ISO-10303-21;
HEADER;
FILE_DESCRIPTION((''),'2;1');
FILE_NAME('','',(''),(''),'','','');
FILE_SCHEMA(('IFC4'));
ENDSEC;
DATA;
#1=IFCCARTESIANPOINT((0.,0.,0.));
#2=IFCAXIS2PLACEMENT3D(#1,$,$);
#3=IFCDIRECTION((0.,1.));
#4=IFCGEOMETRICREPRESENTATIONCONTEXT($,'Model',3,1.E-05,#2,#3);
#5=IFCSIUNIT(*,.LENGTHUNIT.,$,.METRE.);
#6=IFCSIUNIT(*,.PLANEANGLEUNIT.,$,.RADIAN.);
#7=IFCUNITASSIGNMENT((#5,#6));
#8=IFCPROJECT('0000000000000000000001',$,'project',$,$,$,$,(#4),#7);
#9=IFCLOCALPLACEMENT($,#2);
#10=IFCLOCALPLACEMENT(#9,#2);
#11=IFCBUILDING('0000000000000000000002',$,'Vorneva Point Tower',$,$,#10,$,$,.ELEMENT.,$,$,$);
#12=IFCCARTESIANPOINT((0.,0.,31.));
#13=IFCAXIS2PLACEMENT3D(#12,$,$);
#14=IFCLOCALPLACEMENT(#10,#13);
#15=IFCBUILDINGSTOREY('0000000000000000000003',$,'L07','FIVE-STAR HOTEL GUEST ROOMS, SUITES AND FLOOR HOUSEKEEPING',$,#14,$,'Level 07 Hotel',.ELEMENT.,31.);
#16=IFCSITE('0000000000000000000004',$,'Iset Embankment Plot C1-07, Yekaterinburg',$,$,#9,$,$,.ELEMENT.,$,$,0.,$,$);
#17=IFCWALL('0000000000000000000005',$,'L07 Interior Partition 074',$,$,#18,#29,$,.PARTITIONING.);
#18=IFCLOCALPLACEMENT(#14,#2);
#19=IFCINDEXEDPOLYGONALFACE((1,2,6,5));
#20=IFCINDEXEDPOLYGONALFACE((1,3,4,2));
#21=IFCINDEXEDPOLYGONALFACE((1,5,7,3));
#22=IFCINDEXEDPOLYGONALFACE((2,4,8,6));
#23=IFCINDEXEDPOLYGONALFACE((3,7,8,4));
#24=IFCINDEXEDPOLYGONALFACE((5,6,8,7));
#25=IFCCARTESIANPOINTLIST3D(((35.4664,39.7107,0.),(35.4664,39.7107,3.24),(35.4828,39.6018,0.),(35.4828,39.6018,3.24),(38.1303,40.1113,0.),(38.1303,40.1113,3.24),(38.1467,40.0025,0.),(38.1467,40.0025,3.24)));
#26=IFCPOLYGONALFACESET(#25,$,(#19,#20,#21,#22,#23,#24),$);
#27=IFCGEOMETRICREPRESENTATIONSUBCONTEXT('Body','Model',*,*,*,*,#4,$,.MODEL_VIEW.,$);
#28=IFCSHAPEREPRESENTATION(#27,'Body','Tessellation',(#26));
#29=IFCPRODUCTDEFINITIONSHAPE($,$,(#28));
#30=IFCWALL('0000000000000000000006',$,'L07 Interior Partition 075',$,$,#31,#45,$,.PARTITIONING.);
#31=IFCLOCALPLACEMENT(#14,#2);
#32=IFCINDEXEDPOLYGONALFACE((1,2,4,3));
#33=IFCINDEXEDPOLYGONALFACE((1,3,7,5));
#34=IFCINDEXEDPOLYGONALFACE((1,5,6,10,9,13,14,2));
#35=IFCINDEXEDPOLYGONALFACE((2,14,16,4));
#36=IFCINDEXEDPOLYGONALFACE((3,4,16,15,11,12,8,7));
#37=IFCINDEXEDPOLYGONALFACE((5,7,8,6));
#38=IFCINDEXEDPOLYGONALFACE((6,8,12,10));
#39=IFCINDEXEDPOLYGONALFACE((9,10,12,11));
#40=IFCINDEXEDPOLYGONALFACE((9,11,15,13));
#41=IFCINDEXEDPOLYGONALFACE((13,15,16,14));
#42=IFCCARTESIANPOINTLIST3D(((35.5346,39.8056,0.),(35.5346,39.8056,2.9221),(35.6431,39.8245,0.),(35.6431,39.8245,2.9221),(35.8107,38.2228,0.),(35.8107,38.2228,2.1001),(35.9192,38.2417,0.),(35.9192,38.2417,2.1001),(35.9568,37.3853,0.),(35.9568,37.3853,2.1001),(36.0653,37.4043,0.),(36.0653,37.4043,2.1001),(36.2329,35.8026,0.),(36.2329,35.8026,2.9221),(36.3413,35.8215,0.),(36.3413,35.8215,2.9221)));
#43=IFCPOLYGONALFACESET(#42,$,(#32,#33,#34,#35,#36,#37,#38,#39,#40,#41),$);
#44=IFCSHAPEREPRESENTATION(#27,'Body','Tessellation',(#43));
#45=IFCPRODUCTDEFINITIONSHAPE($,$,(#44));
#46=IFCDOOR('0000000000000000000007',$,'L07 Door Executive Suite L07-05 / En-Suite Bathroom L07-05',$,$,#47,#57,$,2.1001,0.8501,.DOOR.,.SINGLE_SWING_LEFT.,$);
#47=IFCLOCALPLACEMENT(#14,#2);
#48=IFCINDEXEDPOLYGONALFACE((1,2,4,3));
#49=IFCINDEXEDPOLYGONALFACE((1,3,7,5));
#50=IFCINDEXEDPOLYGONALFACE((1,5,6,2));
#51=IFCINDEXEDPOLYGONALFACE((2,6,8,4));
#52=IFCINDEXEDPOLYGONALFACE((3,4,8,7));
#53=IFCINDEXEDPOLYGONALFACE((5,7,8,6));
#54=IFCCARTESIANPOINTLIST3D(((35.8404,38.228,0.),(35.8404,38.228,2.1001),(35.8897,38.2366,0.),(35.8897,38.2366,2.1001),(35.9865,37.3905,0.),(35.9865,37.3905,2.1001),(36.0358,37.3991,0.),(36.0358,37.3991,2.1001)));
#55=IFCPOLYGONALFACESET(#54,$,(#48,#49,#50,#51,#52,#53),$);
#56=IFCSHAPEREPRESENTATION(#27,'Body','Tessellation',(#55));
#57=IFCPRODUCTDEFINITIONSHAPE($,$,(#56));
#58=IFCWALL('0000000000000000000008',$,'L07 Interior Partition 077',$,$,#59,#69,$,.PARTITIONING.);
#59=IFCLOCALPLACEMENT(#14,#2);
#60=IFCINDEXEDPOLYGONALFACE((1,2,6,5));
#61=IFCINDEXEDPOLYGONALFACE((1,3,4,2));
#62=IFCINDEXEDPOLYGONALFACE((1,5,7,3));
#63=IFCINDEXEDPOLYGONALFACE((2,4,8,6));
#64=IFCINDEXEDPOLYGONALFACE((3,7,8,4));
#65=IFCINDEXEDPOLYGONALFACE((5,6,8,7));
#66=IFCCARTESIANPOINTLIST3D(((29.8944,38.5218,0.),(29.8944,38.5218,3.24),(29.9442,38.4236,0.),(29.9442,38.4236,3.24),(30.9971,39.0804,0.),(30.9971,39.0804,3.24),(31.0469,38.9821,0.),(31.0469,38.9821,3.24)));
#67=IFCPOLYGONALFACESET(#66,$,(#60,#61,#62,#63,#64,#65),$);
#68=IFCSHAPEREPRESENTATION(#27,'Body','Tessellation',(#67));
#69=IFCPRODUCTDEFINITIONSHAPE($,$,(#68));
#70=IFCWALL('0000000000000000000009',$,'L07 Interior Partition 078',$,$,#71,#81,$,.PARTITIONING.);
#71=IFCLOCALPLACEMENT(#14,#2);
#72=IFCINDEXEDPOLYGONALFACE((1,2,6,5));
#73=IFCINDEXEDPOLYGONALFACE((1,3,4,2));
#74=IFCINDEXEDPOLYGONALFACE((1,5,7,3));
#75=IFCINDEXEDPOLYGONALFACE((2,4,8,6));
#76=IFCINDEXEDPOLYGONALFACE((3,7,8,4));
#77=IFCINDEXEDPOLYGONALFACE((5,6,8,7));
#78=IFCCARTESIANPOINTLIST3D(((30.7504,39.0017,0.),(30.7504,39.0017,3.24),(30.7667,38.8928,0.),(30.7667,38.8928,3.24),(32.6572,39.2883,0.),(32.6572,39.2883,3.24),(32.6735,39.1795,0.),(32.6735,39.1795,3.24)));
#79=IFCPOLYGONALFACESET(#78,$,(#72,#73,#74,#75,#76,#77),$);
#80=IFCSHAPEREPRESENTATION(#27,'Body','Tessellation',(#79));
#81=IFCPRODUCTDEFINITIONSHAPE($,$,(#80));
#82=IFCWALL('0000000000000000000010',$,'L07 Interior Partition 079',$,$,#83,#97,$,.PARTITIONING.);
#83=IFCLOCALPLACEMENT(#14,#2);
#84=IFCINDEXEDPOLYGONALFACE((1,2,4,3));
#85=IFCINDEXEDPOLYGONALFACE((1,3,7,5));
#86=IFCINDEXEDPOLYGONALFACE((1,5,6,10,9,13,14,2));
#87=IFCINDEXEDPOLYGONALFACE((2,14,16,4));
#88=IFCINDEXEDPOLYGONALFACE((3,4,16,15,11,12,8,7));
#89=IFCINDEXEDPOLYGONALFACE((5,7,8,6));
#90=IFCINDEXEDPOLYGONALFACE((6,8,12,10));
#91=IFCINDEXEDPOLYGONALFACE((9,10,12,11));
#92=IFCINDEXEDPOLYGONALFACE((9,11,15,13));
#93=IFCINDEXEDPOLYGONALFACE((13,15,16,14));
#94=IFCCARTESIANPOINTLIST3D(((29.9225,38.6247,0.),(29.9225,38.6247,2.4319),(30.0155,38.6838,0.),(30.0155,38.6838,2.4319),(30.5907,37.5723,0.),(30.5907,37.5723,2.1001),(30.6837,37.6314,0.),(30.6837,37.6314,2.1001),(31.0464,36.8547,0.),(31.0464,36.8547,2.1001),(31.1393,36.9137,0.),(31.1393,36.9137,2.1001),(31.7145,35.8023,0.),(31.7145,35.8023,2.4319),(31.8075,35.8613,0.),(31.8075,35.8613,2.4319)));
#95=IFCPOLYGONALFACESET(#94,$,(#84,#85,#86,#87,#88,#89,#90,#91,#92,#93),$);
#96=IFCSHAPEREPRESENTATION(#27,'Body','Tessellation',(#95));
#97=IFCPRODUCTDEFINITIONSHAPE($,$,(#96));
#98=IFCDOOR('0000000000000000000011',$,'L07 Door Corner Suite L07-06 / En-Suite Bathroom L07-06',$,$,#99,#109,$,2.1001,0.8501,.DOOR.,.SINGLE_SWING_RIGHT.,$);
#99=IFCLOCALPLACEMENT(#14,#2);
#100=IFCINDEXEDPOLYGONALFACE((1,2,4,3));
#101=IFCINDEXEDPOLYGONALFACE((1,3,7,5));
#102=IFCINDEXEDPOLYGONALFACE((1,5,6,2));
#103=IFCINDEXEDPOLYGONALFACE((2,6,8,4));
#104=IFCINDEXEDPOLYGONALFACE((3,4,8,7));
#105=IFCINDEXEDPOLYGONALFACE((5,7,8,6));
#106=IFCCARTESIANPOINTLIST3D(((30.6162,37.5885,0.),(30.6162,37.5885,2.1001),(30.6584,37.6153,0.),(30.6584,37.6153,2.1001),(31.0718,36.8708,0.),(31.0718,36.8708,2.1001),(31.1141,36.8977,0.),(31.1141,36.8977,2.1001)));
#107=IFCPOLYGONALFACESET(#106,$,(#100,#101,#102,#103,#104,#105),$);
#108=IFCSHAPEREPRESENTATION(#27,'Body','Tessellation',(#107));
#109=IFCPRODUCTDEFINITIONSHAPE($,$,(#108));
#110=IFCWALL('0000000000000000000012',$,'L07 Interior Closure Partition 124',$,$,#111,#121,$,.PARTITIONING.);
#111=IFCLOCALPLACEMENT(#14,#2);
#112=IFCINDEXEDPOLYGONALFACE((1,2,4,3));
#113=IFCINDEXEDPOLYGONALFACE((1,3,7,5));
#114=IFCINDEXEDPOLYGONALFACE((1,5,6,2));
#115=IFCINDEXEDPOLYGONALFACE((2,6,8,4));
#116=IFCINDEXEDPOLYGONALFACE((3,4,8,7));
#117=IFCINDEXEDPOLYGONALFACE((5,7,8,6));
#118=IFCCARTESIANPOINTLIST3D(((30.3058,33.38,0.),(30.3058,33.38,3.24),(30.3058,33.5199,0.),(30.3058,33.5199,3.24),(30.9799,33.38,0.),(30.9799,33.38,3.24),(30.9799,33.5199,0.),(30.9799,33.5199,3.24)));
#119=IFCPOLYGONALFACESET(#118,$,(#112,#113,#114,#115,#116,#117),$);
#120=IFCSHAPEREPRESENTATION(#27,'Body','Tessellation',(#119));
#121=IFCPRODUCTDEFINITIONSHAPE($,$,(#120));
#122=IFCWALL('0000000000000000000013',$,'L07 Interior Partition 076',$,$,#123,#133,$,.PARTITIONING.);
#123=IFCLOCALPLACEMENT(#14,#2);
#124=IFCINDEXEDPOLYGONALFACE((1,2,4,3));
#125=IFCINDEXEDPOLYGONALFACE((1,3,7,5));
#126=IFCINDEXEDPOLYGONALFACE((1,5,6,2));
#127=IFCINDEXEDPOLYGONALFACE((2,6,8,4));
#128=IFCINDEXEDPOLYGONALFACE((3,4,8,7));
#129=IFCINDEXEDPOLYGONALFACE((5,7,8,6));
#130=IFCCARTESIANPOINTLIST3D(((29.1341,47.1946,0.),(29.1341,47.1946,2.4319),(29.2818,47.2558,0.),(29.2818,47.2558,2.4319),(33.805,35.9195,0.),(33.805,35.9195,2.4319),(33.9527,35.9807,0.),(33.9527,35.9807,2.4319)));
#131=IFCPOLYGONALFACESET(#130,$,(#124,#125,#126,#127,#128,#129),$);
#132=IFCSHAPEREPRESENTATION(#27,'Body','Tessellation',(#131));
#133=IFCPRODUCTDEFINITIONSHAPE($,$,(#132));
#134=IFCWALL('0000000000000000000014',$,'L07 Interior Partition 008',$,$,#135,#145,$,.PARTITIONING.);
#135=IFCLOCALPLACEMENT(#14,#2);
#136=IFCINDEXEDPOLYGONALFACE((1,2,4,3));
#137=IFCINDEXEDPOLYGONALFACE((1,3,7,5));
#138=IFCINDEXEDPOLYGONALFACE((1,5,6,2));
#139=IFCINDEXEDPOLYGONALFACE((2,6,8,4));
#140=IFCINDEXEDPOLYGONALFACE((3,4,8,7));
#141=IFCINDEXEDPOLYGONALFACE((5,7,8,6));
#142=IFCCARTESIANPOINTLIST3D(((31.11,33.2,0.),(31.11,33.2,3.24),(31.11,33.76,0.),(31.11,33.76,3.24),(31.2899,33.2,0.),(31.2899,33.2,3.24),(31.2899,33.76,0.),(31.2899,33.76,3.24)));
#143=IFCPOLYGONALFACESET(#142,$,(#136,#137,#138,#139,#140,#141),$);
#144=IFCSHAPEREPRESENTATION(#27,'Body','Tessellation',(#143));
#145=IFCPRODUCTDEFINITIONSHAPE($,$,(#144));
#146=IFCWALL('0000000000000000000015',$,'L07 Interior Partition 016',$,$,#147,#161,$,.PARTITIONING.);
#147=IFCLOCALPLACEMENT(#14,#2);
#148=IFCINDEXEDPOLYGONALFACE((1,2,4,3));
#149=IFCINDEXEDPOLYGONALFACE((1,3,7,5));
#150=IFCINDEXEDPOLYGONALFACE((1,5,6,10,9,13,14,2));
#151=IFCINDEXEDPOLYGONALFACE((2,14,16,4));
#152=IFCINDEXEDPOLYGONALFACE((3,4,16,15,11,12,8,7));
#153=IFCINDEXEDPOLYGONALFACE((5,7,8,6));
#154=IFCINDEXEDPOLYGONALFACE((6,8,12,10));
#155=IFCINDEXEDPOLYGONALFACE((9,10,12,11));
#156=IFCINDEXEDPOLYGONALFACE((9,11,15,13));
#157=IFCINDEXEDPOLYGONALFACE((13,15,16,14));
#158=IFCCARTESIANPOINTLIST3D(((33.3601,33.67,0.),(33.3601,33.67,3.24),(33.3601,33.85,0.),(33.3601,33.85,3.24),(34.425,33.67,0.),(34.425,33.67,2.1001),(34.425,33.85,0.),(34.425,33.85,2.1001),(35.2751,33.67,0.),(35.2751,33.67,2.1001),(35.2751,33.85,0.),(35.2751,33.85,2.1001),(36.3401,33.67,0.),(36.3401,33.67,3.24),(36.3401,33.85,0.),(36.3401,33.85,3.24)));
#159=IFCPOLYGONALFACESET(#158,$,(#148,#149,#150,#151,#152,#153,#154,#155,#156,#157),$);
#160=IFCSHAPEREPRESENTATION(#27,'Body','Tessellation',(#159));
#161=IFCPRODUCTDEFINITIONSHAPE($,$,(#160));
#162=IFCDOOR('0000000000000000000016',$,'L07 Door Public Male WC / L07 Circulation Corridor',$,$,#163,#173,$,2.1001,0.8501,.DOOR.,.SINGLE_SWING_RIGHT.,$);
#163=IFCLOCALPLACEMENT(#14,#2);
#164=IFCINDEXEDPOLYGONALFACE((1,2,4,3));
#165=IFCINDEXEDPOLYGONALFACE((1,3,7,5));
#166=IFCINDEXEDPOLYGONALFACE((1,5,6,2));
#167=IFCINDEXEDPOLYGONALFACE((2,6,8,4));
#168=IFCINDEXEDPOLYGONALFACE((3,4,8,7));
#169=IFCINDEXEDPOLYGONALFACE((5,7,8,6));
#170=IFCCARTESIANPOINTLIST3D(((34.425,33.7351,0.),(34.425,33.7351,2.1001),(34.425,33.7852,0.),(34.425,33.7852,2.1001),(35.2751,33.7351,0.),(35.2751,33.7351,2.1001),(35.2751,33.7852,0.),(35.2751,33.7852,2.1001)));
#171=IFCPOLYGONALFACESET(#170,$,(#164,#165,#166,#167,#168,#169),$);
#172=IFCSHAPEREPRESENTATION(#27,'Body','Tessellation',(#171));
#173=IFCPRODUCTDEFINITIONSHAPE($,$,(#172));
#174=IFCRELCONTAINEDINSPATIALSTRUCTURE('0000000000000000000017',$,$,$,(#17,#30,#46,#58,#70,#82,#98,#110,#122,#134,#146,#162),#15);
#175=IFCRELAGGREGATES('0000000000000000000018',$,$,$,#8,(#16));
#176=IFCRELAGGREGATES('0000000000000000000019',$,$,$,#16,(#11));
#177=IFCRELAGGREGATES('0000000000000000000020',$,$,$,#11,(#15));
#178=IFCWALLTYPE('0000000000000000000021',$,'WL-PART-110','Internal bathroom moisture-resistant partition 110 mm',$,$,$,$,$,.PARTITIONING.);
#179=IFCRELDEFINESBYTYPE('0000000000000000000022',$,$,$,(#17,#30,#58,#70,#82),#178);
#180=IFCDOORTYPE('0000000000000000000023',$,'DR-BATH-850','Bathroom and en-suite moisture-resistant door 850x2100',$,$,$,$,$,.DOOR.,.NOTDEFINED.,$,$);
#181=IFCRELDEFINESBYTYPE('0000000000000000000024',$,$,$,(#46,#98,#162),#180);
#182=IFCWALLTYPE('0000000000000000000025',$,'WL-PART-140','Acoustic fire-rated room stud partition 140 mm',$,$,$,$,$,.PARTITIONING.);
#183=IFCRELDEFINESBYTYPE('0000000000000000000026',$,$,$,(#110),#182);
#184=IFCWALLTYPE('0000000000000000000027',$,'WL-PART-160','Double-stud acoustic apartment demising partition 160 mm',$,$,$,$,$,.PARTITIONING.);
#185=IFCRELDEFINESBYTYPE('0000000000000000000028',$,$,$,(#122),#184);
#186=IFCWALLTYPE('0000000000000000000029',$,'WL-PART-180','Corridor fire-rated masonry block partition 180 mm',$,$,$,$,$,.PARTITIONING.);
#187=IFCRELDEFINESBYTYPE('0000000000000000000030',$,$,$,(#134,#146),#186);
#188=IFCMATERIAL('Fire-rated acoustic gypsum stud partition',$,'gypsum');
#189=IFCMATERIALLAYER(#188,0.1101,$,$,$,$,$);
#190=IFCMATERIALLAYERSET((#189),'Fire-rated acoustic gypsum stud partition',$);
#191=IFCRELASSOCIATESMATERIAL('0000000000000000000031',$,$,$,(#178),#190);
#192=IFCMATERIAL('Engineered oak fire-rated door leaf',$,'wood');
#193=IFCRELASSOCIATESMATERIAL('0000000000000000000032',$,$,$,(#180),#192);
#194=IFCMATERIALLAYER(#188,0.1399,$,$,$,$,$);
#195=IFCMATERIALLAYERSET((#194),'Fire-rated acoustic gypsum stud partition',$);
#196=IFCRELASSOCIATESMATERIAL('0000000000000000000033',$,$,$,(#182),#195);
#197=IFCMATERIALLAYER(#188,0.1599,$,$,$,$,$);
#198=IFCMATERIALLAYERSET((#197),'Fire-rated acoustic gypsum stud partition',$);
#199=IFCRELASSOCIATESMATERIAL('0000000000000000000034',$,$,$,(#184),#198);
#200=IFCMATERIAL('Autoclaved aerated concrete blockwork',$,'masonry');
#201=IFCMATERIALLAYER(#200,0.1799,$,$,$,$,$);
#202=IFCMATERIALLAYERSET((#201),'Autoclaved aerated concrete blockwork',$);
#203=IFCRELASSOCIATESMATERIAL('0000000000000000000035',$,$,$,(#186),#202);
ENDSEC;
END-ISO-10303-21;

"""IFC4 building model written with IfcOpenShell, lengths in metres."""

from ifc_helpers import new_model, si_unit, direction, frame, frame_2d, origin, place, context, subcontext, project, spatial, rectangle, extrude, material, layer, layer_set, type_object, element, fill, save


model = new_model("IFC4")

# Units and contexts
model_context = context("Model", 3, precision=1e-05, world=origin(), true_north=direction((0.0, 1.0)))
body_context = subcontext(model_context, "Body", "Model", "MODEL_VIEW")
ifc_project = project(units=[si_unit("LENGTHUNIT", "METRE"), si_unit("PLANEANGLEUNIT", "RADIAN")], contexts=[model_context])

# Site, building, storey
site_placement = place(None, origin())
site = spatial("IfcSite", under=ifc_project, at=site_placement, Name="Iset Embankment Plot C1-07, Yekaterinburg", CompositionType="ELEMENT", RefElevation=0.0)
building_placement = place(site_placement, origin())
building = spatial("IfcBuilding", under=site, at=building_placement, Name="Vorneva Point Tower", CompositionType="ELEMENT")
storey_placement = place(building_placement, frame((0.0, 0.0, 31.0)))
storey = spatial("IfcBuildingStorey", under=building, at=storey_placement, Name="L07", Description="FIVE-STAR HOTEL GUEST ROOMS, SUITES AND FLOOR HOUSEKEEPING", LongName="Level 07 Hotel", CompositionType="ELEMENT", Elevation=31.0)

# Wall
ifc_material_1 = material(Name="Fire-rated acoustic gypsum stud partition", Category="gypsum")
ifc_layer_1 = layer(ifc_material_1, 0.1101)
ifc_layer_set_1 = layer_set([ifc_layer_1], Name="Fire-rated acoustic gypsum stud partition")
wall_type_1 = type_object("IfcWallType", Name="WL-PART-110", Description="Internal bathroom moisture-resistant partition 110 mm", PredefinedType="PARTITIONING", material=ifc_layer_set_1)
wall_1_placement = place(storey_placement, frame((35.4746, 39.6562, 0.0), z_axis=(0.0, 0.0, 1.0), x_axis=(0.988878, 0.148726, 0.0)))
element("IfcWall", 1, at=wall_1_placement, inside=storey, type_object=wall_type_1, Name="L07 Interior Partition 074", PredefinedType="PARTITIONING", context=body_context, shape_type="SweptSolid", body=[
    extrude(rectangle(XDim=2.6938, YDim=0.1101, at=frame_2d((1.3469, 0.0))), origin(), (0.0, 0.0, 1.0), 3.24),
])

# Wall, opening, door
wall_2_placement = place(storey_placement, frame((36.2871, 35.812, 0.0), z_axis=(0.0, 0.0, 1.0), x_axis=(-0.171838, 0.985125, 0.0)))
wall_2 = element("IfcWall", 2, at=wall_2_placement, inside=storey, type_object=wall_type_1, Name="L07 Interior Partition 075", PredefinedType="PARTITIONING", context=body_context, shape_type="SweptSolid", body=[
    extrude(rectangle(XDim=4.0635, YDim=0.1101, at=frame_2d((2.0317, 0.0))), origin(), (0.0, 0.0, 1.0), 2.9221),
])
opening_1_placement = place(wall_2_placement, frame((1.6067, 0.0, 0.0)))
opening_1 = element("IfcOpeningElement", 3, at=opening_1_placement, cuts=wall_2, PredefinedType="OPENING", context=body_context, shape_type="SweptSolid", body=[
    extrude(rectangle(XDim=0.8501, YDim=2.1001, at=frame_2d((0.425, 1.05))), frame((0.0, 0.0698, 0.0), z_axis=(0.0, -1.0, 0.0), x_axis=(1.0, 0.0, 0.0)), (0.0, 0.0, 1.0), 0.1399),
])
ifc_material_2 = material(Name="Engineered oak fire-rated door leaf", Category="wood")
door_type_1 = type_object("IfcDoorType", Name="DR-BATH-850", Description="Bathroom and en-suite moisture-resistant door 850x2100", OperationType="NOTDEFINED", PredefinedType="DOOR", material=ifc_material_2)
door_1_placement = place(opening_1_placement, origin())
door_1 = element("IfcDoor", 4, at=door_1_placement, inside=storey, type_object=door_type_1, Name="L07 Door Executive Suite L07-05 / En-Suite Bathroom L07-05", OperationType="SINGLE_SWING_LEFT", OverallHeight=2.1001, OverallWidth=0.8501, PredefinedType="DOOR", context=body_context, shape_type="SweptSolid", body=[
    extrude(rectangle(XDim=0.8501, YDim=2.1001, at=frame_2d((0.425, 1.05))), frame((0.0, 0.0249, 0.0), z_axis=(0.0, -1.0, 0.0), x_axis=(1.0, 0.0, 0.0)), (0.0, 0.0, 1.0), 0.05),
])
fill(opening_1, door_1)

# Walls
wall_3_placement = place(storey_placement, frame((29.9192, 38.4727, 0.0), z_axis=(0.0, 0.0, 1.0), x_axis=(0.892085, 0.451868, 0.0)))
element("IfcWall", 5, at=wall_3_placement, inside=storey, type_object=wall_type_1, Name="L07 Interior Partition 077", PredefinedType="PARTITIONING", context=body_context, shape_type="SweptSolid", body=[
    extrude(rectangle(XDim=1.2361, YDim=0.1101, at=frame_2d((0.6182, 0.0))), origin(), (0.0, 0.0, 1.0), 3.24),
])
wall_4_placement = place(storey_placement, frame((30.7585, 38.9473, 0.0), z_axis=(0.0, 0.0, 1.0), x_axis=(0.98889, 0.14865, 0.0)))
element("IfcWall", 6, at=wall_4_placement, inside=storey, type_object=wall_type_1, Name="L07 Interior Partition 078", PredefinedType="PARTITIONING", context=body_context, shape_type="SweptSolid", body=[
    extrude(rectangle(XDim=1.9282, YDim=0.1101, at=frame_2d((0.9641, 0.0))), origin(), (0.0, 0.0, 1.0), 3.24),
])

# Wall, opening, door
wall_5_placement = place(storey_placement, frame((31.761, 35.8318, 0.0), z_axis=(0.0, 0.0, 1.0), x_axis=(-0.535992, 0.844223, 0.0)))
wall_5 = element("IfcWall", 7, at=wall_5_placement, inside=storey, type_object=wall_type_1, Name="L07 Interior Partition 079", PredefinedType="PARTITIONING", context=body_context, shape_type="SweptSolid", body=[
    extrude(rectangle(XDim=3.3433, YDim=0.1101, at=frame_2d((1.6716, 0.0))), origin(), (0.0, 0.0, 1.0), 2.4319),
])
opening_2_placement = place(wall_5_placement, frame((1.2466, 0.0, 0.0)))
opening_2 = element("IfcOpeningElement", 8, at=opening_2_placement, cuts=wall_5, PredefinedType="OPENING", context=body_context, shape_type="SweptSolid", body=[
    extrude(rectangle(XDim=0.8501, YDim=2.1001, at=frame_2d((0.425, 1.05))), frame((0.0, 0.0698, 0.0), z_axis=(0.0, -1.0, 0.0), x_axis=(1.0, 0.0, 0.0)), (0.0, 0.0, 1.0), 0.1399),
])
door_2_placement = place(opening_2_placement, origin())
door_2 = element("IfcDoor", 9, at=door_2_placement, inside=storey, type_object=door_type_1, Name="L07 Door Corner Suite L07-06 / En-Suite Bathroom L07-06", OperationType="SINGLE_SWING_RIGHT", OverallHeight=2.1001, OverallWidth=0.8501, PredefinedType="DOOR", context=body_context, shape_type="SweptSolid", body=[
    extrude(rectangle(XDim=0.8501, YDim=2.1001, at=frame_2d((0.425, 1.05))), frame((0.0, 0.0249, 0.0), z_axis=(0.0, -1.0, 0.0), x_axis=(1.0, 0.0, 0.0)), (0.0, 0.0, 1.0), 0.05),
])
fill(opening_2, door_2)

# Walls
ifc_layer_2 = layer(ifc_material_1, 0.1399)
ifc_layer_set_2 = layer_set([ifc_layer_2], Name="Fire-rated acoustic gypsum stud partition")
wall_type_2 = type_object("IfcWallType", Name="WL-PART-140", Description="Acoustic fire-rated room stud partition 140 mm", PredefinedType="PARTITIONING", material=ifc_layer_set_2)
wall_6_placement = place(storey_placement, frame((30.3059, 33.45, 0.0), z_axis=(0.0, 0.0, 1.0), x_axis=(1.0, 0.0, 0.0)))
element("IfcWall", 10, at=wall_6_placement, inside=storey, type_object=wall_type_2, Name="L07 Interior Closure Partition 124", PredefinedType="PARTITIONING", context=body_context, shape_type="SweptSolid", body=[
    extrude(rectangle(XDim=0.6741, YDim=0.1399, at=frame_2d((0.3369, 0.0))), origin(), (0.0, 0.0, 1.0), 3.24),
])
ifc_layer_3 = layer(ifc_material_1, 0.1599)
ifc_layer_set_3 = layer_set([ifc_layer_3], Name="Fire-rated acoustic gypsum stud partition")
wall_type_3 = type_object("IfcWallType", Name="WL-PART-160", Description="Double-stud acoustic apartment demising partition 160 mm", PredefinedType="PARTITIONING", material=ifc_layer_set_3)
wall_7_placement = place(storey_placement, frame((29.208, 47.2251, 0.0), z_axis=(0.0, 0.0, 1.0), x_axis=(0.382724, -0.923863, 0.0)))
element("IfcWall", 11, at=wall_7_placement, inside=storey, type_object=wall_type_3, Name="L07 Interior Partition 076", PredefinedType="PARTITIONING", context=body_context, shape_type="SweptSolid", body=[
    extrude(rectangle(XDim=12.2043, YDim=0.1599, at=frame_2d((6.1021, 0.0))), origin(), (0.0, 0.0, 1.0), 2.4319),
])

# Shared definitions
ifc_material_3 = material(Name="Autoclaved aerated concrete blockwork", Category="masonry")
ifc_layer_4 = layer(ifc_material_3, 0.1799)
ifc_layer_set_4 = layer_set([ifc_layer_4], Name="Autoclaved aerated concrete blockwork")
wall_type_4 = type_object("IfcWallType", Name="WL-PART-180", Description="Corridor fire-rated masonry block partition 180 mm", PredefinedType="PARTITIONING", material=ifc_layer_set_4)

# Wall
wall_8_placement = place(storey_placement, frame((31.2, 33.76, 0.0), z_axis=(0.0, 0.0, 1.0), x_axis=(0.0, -1.0, 0.0)))
element("IfcWall", 12, at=wall_8_placement, inside=storey, type_object=wall_type_4, Name="L07 Interior Partition 008", PredefinedType="PARTITIONING", context=body_context, shape_type="SweptSolid", body=[
    extrude(rectangle(XDim=0.5601, YDim=0.1799, at=frame_2d((0.28, 0.0))), origin(), (0.0, 0.0, 1.0), 3.24),
])

# Wall, opening, door
wall_9_placement = place(storey_placement, frame((36.3401, 33.76, 0.0), z_axis=(0.0, 0.0, 1.0), x_axis=(-1.0, 0.0, 0.0)))
wall_9 = element("IfcWall", 13, at=wall_9_placement, inside=storey, type_object=wall_type_4, Name="L07 Interior Partition 016", PredefinedType="PARTITIONING", context=body_context, shape_type="SweptSolid", body=[
    extrude(rectangle(XDim=2.98, YDim=0.1799, at=frame_2d((1.49, 0.0))), origin(), (0.0, 0.0, 1.0), 3.24),
])
opening_3_placement = place(wall_9_placement, frame((1.0649, 0.0, 0.0)))
opening_3 = element("IfcOpeningElement", 14, at=opening_3_placement, cuts=wall_9, PredefinedType="OPENING", context=body_context, shape_type="SweptSolid", body=[
    extrude(rectangle(XDim=0.8501, YDim=2.1001, at=frame_2d((0.425, 1.05))), frame((0.0, 0.105, 0.0), z_axis=(0.0, -1.0, 0.0), x_axis=(1.0, 0.0, 0.0)), (0.0, 0.0, 1.0), 0.2097),
])
door_3_placement = place(opening_3_placement, origin())
door_3 = element("IfcDoor", 15, at=door_3_placement, inside=storey, type_object=door_type_1, Name="L07 Door Public Male WC / L07 Circulation Corridor", OperationType="SINGLE_SWING_RIGHT", OverallHeight=2.1001, OverallWidth=0.8501, PredefinedType="DOOR", context=body_context, shape_type="SweptSolid", body=[
    extrude(rectangle(XDim=0.8501, YDim=2.1001, at=frame_2d((0.425, 1.05))), frame((0.0, 0.0249, 0.0), z_axis=(0.0, -1.0, 0.0), x_axis=(1.0, 0.0, 0.0)), (0.0, 0.0, 1.0), 0.05),
])
fill(opening_3, door_3)

save(model, "model.ifc")
